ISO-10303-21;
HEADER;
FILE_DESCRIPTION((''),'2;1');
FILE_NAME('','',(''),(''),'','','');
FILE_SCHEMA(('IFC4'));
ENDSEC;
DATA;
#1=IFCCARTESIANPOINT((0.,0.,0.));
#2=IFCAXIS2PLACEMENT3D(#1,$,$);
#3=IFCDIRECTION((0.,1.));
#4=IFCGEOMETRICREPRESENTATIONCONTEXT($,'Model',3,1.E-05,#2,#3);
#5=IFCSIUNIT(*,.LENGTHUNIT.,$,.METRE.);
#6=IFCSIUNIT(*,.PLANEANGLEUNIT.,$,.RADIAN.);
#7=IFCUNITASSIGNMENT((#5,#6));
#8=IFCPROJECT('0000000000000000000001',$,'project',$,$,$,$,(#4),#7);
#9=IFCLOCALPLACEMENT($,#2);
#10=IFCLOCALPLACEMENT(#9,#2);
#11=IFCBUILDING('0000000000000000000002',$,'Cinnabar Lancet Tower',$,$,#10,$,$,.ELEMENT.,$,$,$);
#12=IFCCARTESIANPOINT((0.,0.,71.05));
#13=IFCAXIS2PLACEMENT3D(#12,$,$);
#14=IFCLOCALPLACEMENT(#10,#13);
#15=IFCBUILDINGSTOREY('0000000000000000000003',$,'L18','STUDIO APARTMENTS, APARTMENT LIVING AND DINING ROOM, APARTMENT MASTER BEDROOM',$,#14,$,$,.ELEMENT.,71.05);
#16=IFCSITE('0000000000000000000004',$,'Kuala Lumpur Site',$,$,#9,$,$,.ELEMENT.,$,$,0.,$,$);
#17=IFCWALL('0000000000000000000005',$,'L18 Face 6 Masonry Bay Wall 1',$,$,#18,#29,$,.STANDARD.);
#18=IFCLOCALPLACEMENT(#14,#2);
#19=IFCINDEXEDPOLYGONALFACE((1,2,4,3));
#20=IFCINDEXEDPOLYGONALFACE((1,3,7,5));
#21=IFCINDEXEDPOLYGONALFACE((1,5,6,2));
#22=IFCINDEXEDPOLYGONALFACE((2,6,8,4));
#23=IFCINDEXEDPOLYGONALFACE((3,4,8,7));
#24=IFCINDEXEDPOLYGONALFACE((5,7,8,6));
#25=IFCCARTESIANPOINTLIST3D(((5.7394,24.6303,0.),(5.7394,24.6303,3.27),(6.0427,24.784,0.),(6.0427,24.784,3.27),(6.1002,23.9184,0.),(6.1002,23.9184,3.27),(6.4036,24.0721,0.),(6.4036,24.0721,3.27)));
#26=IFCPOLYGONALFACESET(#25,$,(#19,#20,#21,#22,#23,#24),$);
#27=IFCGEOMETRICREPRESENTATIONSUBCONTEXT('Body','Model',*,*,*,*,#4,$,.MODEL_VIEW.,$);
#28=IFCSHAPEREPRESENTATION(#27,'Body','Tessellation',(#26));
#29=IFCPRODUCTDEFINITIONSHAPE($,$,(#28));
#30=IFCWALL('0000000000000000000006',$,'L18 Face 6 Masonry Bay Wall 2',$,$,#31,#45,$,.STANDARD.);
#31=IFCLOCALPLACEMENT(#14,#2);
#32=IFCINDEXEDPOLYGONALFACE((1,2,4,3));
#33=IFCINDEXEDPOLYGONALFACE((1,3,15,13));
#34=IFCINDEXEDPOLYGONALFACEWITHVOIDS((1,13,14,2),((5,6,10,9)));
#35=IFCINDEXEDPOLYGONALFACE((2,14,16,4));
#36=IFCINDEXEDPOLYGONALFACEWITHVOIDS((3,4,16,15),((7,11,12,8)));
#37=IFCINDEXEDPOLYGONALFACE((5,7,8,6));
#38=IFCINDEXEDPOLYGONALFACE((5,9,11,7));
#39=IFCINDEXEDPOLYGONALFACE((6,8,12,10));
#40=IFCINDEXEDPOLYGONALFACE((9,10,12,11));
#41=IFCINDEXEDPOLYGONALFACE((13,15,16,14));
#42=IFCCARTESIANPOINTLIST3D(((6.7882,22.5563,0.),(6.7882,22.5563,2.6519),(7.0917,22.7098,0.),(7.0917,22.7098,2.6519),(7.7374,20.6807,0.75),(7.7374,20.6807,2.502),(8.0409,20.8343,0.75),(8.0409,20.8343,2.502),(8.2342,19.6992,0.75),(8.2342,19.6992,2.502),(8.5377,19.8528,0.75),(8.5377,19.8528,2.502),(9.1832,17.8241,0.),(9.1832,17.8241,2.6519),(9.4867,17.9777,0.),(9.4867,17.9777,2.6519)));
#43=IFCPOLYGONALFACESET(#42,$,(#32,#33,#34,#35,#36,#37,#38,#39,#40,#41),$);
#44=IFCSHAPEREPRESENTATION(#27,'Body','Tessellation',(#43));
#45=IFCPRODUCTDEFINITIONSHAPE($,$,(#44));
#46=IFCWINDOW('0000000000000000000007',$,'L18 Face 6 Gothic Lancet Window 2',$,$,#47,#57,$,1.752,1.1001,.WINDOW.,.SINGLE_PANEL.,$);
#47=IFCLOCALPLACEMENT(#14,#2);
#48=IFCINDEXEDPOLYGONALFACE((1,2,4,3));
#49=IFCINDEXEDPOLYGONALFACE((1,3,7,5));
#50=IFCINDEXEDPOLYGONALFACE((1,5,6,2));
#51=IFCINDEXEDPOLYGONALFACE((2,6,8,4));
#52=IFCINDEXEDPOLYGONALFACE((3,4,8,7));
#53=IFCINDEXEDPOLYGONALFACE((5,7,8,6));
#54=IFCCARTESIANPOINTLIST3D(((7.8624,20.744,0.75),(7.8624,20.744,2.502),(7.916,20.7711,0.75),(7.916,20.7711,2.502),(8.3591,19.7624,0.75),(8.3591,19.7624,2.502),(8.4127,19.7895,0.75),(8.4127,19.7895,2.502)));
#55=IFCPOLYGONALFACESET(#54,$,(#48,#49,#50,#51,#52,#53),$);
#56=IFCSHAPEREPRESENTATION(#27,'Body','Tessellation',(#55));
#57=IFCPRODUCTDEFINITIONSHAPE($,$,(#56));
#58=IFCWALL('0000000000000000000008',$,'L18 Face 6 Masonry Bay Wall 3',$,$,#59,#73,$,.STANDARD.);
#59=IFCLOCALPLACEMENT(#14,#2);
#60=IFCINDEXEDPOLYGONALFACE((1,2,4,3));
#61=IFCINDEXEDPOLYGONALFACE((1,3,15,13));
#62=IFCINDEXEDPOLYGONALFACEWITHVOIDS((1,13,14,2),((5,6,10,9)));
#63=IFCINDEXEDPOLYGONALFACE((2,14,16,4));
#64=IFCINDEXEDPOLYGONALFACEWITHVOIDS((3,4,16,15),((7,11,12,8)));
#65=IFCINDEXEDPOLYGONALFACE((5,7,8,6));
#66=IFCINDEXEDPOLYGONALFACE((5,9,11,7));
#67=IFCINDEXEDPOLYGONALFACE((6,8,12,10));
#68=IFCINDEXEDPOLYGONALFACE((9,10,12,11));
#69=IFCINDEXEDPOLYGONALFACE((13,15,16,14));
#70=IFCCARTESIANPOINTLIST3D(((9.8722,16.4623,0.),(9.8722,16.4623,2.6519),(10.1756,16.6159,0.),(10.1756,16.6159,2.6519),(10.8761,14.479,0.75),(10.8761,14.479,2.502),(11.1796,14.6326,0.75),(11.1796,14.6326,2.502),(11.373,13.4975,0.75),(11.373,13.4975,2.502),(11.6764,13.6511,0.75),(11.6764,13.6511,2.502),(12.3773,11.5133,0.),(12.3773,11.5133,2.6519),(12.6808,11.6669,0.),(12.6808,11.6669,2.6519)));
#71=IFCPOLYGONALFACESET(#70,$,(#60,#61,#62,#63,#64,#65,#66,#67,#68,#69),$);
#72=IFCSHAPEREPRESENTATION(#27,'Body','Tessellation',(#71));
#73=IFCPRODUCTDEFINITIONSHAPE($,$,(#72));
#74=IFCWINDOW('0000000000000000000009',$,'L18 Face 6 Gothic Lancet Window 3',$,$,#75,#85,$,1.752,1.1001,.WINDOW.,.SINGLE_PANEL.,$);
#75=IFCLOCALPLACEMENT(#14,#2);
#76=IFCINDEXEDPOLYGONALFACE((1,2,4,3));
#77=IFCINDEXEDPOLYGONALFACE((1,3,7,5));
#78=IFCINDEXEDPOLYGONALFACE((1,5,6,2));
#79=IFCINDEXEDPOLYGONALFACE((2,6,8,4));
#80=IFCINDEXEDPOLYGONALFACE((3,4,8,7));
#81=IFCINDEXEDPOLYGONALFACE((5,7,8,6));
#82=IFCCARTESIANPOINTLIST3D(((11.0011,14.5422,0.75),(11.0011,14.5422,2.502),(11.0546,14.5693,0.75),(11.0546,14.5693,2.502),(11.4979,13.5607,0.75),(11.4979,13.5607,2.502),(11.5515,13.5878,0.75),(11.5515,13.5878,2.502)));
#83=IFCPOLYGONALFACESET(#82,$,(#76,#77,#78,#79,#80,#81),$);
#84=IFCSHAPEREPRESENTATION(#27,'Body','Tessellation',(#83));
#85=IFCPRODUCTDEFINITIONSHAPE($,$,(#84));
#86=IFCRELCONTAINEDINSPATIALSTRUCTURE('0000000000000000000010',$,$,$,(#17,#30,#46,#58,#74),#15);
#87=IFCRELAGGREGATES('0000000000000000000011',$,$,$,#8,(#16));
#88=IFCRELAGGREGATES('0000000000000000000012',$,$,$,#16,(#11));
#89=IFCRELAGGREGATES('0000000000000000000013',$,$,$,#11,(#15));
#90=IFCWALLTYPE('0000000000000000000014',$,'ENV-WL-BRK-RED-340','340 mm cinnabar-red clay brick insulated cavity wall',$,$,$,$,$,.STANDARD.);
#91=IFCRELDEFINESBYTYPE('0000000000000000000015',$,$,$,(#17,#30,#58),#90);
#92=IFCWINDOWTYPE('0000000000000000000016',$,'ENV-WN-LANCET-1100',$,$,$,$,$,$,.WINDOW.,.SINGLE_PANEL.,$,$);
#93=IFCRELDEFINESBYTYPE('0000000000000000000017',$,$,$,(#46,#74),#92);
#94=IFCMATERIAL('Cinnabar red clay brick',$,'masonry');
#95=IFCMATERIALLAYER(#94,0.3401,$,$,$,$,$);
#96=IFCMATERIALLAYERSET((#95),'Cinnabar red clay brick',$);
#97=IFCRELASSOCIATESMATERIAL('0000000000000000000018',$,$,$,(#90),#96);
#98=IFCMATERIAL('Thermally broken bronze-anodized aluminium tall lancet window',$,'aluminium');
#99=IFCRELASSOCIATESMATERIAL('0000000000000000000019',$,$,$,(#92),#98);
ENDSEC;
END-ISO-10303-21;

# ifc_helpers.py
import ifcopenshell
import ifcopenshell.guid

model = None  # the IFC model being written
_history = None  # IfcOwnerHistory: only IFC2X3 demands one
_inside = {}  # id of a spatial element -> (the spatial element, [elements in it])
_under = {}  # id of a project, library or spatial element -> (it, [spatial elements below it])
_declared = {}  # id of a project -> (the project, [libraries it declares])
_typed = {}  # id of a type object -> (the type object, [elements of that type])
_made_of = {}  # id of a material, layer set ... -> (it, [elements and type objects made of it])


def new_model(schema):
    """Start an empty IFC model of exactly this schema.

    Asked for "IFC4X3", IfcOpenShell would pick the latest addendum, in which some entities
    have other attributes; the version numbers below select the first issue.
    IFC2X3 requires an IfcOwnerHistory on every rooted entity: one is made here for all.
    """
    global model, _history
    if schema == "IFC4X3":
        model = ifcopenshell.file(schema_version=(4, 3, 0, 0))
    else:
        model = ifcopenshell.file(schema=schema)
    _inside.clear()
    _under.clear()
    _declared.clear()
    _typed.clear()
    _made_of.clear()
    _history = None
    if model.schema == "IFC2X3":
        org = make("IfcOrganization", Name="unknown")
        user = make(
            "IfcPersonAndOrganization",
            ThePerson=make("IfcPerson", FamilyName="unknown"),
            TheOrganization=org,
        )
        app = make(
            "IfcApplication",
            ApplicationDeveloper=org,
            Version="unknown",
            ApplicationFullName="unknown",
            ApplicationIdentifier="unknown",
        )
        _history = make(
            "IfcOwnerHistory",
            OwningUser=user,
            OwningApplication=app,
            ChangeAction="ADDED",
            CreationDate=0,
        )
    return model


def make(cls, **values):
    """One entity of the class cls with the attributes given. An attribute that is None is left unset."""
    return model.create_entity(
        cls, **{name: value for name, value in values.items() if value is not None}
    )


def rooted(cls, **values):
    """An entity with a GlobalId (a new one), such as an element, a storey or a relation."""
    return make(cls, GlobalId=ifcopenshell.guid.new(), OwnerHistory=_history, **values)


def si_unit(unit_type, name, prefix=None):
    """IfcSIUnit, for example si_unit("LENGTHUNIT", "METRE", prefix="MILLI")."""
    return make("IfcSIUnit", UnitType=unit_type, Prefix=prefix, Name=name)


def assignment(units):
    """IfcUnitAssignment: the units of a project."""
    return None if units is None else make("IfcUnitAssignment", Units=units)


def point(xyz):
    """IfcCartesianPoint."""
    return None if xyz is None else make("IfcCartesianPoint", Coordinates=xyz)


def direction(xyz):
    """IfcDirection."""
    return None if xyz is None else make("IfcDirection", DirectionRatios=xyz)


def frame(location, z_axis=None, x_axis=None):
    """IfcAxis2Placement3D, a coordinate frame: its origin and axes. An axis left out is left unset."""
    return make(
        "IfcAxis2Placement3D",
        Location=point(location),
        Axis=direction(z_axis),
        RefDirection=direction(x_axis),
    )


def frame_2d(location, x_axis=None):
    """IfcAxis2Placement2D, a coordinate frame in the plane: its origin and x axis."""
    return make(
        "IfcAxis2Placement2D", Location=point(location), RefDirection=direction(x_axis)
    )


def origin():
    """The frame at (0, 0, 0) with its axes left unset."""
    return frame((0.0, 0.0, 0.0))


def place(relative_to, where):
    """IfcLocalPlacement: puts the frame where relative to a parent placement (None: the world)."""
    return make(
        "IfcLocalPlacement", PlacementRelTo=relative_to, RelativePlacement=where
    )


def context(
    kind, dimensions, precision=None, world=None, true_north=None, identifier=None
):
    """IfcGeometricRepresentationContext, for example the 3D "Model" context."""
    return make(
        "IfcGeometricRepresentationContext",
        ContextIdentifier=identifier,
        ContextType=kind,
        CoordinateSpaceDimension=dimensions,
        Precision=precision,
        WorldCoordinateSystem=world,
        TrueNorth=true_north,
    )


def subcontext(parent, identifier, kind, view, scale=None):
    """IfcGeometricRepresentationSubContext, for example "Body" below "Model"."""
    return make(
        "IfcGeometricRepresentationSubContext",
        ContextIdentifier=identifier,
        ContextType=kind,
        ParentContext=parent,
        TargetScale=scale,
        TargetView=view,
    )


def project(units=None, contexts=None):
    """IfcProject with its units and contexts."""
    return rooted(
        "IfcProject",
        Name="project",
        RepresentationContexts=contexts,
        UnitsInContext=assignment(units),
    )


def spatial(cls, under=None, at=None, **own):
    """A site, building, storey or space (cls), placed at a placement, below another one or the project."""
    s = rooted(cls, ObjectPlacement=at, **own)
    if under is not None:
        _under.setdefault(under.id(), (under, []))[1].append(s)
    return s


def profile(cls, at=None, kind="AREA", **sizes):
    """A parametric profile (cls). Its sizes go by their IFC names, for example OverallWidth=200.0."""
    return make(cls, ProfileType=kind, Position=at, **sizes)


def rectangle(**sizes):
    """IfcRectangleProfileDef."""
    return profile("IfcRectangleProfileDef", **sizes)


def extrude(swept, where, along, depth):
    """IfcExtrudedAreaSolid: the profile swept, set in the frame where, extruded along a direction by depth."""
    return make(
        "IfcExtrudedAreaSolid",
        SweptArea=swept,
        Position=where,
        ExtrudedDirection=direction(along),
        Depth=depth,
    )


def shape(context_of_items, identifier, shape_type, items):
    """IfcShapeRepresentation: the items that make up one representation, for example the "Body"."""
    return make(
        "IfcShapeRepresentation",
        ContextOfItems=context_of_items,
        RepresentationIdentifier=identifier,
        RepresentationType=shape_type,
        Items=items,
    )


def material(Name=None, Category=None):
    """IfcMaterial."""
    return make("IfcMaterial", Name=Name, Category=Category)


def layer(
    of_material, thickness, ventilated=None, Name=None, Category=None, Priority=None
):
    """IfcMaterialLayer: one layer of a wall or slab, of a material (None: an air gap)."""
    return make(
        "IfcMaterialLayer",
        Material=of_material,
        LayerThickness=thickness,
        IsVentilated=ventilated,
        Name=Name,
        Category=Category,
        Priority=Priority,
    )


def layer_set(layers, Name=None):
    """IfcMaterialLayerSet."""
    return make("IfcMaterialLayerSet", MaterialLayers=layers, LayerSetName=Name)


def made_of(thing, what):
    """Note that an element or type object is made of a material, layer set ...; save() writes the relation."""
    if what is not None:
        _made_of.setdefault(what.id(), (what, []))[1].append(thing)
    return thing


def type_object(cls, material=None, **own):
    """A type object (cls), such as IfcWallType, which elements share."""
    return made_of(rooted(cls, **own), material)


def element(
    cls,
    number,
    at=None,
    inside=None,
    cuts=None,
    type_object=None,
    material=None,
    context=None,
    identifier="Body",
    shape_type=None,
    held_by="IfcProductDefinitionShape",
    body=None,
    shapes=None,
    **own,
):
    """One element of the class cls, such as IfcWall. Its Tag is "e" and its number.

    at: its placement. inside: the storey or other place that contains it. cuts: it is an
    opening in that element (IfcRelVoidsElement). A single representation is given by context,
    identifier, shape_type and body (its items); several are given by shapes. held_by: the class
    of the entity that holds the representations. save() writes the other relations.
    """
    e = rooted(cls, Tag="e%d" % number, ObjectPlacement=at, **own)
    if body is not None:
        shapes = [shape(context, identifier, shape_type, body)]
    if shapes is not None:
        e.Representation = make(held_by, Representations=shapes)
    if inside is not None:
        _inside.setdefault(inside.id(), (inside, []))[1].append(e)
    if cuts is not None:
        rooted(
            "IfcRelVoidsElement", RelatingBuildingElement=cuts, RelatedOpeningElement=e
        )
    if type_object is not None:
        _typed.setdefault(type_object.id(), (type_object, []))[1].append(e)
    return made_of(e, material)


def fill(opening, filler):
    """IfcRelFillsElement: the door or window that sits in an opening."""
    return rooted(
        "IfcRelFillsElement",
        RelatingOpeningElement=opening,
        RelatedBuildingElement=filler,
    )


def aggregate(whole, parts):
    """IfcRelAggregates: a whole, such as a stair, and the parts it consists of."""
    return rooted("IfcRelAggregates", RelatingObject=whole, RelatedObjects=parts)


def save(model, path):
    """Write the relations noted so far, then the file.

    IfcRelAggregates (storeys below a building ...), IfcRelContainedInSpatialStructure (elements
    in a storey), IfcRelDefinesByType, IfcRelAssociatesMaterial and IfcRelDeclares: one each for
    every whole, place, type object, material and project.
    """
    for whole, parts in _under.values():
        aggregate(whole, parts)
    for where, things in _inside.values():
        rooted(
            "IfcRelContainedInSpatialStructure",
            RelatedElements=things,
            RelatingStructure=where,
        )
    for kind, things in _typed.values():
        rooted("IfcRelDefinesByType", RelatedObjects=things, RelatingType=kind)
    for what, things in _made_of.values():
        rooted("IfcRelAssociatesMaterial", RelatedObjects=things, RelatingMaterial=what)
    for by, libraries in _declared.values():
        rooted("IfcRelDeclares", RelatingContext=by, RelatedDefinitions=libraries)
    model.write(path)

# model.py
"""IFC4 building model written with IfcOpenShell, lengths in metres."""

from ifc_helpers import new_model, si_unit, direction, frame, frame_2d, origin, place, context, subcontext, project, spatial, rectangle, extrude, material, layer, layer_set, type_object, element, fill, save


model = new_model("IFC4")

# Units and contexts
model_context = context("Model", 3, precision=1e-05, world=origin(), true_north=direction((0.0, 1.0)))
body_context = subcontext(model_context, "Body", "Model", "MODEL_VIEW")
ifc_project = project(units=[si_unit("LENGTHUNIT", "METRE"), si_unit("PLANEANGLEUNIT", "RADIAN")], contexts=[model_context])

# Site, building, storey
site_placement = place(None, origin())
site = spatial("IfcSite", under=ifc_project, at=site_placement, Name="Kuala Lumpur Site", CompositionType="ELEMENT", RefElevation=0.0)
building_placement = place(site_placement, origin())
building = spatial("IfcBuilding", under=site, at=building_placement, Name="Cinnabar Lancet Tower", CompositionType="ELEMENT")
storey_placement = place(building_placement, frame((0.0, 0.0, 71.05)))
storey = spatial("IfcBuildingStorey", under=building, at=storey_placement, Name="L18", Description="STUDIO APARTMENTS, APARTMENT LIVING AND DINING ROOM, APARTMENT MASTER BEDROOM", CompositionType="ELEMENT", Elevation=71.05)

# Wall
ifc_material_1 = material(Name="Cinnabar red clay brick", Category="masonry")
ifc_layer_1 = layer(ifc_material_1, 0.3401)
ifc_layer_set_1 = layer_set([ifc_layer_1], Name="Cinnabar red clay brick")
wall_type_1 = type_object("IfcWallType", Name="ENV-WL-BRK-RED-340", Description="340 mm cinnabar-red clay brick insulated cavity wall", PredefinedType="STANDARD", material=ifc_layer_set_1)
wall_1_placement = place(storey_placement, frame((5.8911, 24.707, 0.0), z_axis=(0.0, 0.0, 1.0), x_axis=(0.452101, -0.891967, 0.0)))
element("IfcWall", 1, at=wall_1_placement, inside=storey, type_object=wall_type_1, Name="L18 Face 6 Masonry Bay Wall 1", PredefinedType="STANDARD", context=body_context, shape_type="SweptSolid", body=[
    extrude(rectangle(XDim=0.7981, YDim=0.3401, at=frame_2d((0.3989, 0.0))), origin(), (0.0, 0.0, 1.0), 3.27),
])

# Walls, openings, windows
wall_2_placement = place(storey_placement, frame((6.9399, 22.6331, 0.0), z_axis=(0.0, 0.0, 1.0), x_axis=(0.451572, -0.892235, 0.0)))
wall_2 = element("IfcWall", 2, at=wall_2_placement, inside=storey, type_object=wall_type_1, Name="L18 Face 6 Masonry Bay Wall 2", PredefinedType="STANDARD", context=body_context, shape_type="SweptSolid", body=[
    extrude(rectangle(XDim=5.3037, YDim=0.3401, at=frame_2d((2.6519, 0.0))), origin(), (0.0, 0.0, 1.0), 2.6519),
])
opening_1_placement = place(wall_2_placement, frame((2.1021, 0.0, 0.75)))
opening_1 = element("IfcOpeningElement", 3, at=opening_1_placement, cuts=wall_2, PredefinedType="OPENING", context=body_context, shape_type="SweptSolid", body=[
    extrude(rectangle(XDim=1.1001, YDim=1.752, at=frame_2d((0.55, 0.876))), frame((0.0, 0.1799, 0.0), z_axis=(0.0, -1.0, 0.0), x_axis=(1.0, 0.0, 0.0)), (0.0, 0.0, 1.0), 0.3601),
])
ifc_material_2 = material(Name="Thermally broken bronze-anodized aluminium tall lancet window", Category="aluminium")
window_type = type_object("IfcWindowType", Name="ENV-WN-LANCET-1100", PartitioningType="SINGLE_PANEL", PredefinedType="WINDOW", material=ifc_material_2)
window_1_placement = place(opening_1_placement, origin())
window_1 = element("IfcWindow", 4, at=window_1_placement, inside=storey, type_object=window_type, Name="L18 Face 6 Gothic Lancet Window 2", OverallHeight=1.752, OverallWidth=1.1001, PartitioningType="SINGLE_PANEL", PredefinedType="WINDOW", context=body_context, shape_type="SweptSolid", body=[
    extrude(rectangle(XDim=1.1001, YDim=1.752, at=frame_2d((0.55, 0.876))), frame((0.0, 0.03, 0.0), z_axis=(0.0, -1.0, 0.0), x_axis=(1.0, 0.0, 0.0)), (0.0, 0.0, 1.0), 0.0601),
])
fill(opening_1, window_1)
wall_3_placement = place(storey_placement, frame((10.0239, 16.5391, 0.0), z_axis=(0.0, 0.0, 1.0), x_axis=(0.451627, -0.892207, 0.0)))
wall_3 = element("IfcWall", 5, at=wall_3_placement, inside=storey, type_object=wall_type_1, Name="L18 Face 6 Masonry Bay Wall 3", PredefinedType="STANDARD", context=body_context, shape_type="SweptSolid", body=[
    extrude(rectangle(XDim=5.5469, YDim=0.3401, at=frame_2d((2.7734, 0.0))), origin(), (0.0, 0.0, 1.0), 2.6519),
])
opening_2_placement = place(wall_3_placement, frame((2.2229, 0.0, 0.75)))
opening_2 = element("IfcOpeningElement", 6, at=opening_2_placement, cuts=wall_3, PredefinedType="OPENING", context=body_context, shape_type="SweptSolid", body=[
    extrude(rectangle(XDim=1.1001, YDim=1.752, at=frame_2d((0.55, 0.876))), frame((0.0, 0.1799, 0.0), z_axis=(0.0, -1.0, 0.0), x_axis=(1.0, 0.0, 0.0)), (0.0, 0.0, 1.0), 0.3601),
])
window_2_placement = place(opening_2_placement, origin())
window_2 = element("IfcWindow", 7, at=window_2_placement, inside=storey, type_object=window_type, Name="L18 Face 6 Gothic Lancet Window 3", OverallHeight=1.752, OverallWidth=1.1001, PartitioningType="SINGLE_PANEL", PredefinedType="WINDOW", context=body_context, shape_type="SweptSolid", body=[
    extrude(rectangle(XDim=1.1001, YDim=1.752, at=frame_2d((0.55, 0.876))), frame((0.0, 0.03, 0.0), z_axis=(0.0, -1.0, 0.0), x_axis=(1.0, 0.0, 0.0)), (0.0, 0.0, 1.0), 0.0601),
])
fill(opening_2, window_2)

save(model, "model.ifc")
